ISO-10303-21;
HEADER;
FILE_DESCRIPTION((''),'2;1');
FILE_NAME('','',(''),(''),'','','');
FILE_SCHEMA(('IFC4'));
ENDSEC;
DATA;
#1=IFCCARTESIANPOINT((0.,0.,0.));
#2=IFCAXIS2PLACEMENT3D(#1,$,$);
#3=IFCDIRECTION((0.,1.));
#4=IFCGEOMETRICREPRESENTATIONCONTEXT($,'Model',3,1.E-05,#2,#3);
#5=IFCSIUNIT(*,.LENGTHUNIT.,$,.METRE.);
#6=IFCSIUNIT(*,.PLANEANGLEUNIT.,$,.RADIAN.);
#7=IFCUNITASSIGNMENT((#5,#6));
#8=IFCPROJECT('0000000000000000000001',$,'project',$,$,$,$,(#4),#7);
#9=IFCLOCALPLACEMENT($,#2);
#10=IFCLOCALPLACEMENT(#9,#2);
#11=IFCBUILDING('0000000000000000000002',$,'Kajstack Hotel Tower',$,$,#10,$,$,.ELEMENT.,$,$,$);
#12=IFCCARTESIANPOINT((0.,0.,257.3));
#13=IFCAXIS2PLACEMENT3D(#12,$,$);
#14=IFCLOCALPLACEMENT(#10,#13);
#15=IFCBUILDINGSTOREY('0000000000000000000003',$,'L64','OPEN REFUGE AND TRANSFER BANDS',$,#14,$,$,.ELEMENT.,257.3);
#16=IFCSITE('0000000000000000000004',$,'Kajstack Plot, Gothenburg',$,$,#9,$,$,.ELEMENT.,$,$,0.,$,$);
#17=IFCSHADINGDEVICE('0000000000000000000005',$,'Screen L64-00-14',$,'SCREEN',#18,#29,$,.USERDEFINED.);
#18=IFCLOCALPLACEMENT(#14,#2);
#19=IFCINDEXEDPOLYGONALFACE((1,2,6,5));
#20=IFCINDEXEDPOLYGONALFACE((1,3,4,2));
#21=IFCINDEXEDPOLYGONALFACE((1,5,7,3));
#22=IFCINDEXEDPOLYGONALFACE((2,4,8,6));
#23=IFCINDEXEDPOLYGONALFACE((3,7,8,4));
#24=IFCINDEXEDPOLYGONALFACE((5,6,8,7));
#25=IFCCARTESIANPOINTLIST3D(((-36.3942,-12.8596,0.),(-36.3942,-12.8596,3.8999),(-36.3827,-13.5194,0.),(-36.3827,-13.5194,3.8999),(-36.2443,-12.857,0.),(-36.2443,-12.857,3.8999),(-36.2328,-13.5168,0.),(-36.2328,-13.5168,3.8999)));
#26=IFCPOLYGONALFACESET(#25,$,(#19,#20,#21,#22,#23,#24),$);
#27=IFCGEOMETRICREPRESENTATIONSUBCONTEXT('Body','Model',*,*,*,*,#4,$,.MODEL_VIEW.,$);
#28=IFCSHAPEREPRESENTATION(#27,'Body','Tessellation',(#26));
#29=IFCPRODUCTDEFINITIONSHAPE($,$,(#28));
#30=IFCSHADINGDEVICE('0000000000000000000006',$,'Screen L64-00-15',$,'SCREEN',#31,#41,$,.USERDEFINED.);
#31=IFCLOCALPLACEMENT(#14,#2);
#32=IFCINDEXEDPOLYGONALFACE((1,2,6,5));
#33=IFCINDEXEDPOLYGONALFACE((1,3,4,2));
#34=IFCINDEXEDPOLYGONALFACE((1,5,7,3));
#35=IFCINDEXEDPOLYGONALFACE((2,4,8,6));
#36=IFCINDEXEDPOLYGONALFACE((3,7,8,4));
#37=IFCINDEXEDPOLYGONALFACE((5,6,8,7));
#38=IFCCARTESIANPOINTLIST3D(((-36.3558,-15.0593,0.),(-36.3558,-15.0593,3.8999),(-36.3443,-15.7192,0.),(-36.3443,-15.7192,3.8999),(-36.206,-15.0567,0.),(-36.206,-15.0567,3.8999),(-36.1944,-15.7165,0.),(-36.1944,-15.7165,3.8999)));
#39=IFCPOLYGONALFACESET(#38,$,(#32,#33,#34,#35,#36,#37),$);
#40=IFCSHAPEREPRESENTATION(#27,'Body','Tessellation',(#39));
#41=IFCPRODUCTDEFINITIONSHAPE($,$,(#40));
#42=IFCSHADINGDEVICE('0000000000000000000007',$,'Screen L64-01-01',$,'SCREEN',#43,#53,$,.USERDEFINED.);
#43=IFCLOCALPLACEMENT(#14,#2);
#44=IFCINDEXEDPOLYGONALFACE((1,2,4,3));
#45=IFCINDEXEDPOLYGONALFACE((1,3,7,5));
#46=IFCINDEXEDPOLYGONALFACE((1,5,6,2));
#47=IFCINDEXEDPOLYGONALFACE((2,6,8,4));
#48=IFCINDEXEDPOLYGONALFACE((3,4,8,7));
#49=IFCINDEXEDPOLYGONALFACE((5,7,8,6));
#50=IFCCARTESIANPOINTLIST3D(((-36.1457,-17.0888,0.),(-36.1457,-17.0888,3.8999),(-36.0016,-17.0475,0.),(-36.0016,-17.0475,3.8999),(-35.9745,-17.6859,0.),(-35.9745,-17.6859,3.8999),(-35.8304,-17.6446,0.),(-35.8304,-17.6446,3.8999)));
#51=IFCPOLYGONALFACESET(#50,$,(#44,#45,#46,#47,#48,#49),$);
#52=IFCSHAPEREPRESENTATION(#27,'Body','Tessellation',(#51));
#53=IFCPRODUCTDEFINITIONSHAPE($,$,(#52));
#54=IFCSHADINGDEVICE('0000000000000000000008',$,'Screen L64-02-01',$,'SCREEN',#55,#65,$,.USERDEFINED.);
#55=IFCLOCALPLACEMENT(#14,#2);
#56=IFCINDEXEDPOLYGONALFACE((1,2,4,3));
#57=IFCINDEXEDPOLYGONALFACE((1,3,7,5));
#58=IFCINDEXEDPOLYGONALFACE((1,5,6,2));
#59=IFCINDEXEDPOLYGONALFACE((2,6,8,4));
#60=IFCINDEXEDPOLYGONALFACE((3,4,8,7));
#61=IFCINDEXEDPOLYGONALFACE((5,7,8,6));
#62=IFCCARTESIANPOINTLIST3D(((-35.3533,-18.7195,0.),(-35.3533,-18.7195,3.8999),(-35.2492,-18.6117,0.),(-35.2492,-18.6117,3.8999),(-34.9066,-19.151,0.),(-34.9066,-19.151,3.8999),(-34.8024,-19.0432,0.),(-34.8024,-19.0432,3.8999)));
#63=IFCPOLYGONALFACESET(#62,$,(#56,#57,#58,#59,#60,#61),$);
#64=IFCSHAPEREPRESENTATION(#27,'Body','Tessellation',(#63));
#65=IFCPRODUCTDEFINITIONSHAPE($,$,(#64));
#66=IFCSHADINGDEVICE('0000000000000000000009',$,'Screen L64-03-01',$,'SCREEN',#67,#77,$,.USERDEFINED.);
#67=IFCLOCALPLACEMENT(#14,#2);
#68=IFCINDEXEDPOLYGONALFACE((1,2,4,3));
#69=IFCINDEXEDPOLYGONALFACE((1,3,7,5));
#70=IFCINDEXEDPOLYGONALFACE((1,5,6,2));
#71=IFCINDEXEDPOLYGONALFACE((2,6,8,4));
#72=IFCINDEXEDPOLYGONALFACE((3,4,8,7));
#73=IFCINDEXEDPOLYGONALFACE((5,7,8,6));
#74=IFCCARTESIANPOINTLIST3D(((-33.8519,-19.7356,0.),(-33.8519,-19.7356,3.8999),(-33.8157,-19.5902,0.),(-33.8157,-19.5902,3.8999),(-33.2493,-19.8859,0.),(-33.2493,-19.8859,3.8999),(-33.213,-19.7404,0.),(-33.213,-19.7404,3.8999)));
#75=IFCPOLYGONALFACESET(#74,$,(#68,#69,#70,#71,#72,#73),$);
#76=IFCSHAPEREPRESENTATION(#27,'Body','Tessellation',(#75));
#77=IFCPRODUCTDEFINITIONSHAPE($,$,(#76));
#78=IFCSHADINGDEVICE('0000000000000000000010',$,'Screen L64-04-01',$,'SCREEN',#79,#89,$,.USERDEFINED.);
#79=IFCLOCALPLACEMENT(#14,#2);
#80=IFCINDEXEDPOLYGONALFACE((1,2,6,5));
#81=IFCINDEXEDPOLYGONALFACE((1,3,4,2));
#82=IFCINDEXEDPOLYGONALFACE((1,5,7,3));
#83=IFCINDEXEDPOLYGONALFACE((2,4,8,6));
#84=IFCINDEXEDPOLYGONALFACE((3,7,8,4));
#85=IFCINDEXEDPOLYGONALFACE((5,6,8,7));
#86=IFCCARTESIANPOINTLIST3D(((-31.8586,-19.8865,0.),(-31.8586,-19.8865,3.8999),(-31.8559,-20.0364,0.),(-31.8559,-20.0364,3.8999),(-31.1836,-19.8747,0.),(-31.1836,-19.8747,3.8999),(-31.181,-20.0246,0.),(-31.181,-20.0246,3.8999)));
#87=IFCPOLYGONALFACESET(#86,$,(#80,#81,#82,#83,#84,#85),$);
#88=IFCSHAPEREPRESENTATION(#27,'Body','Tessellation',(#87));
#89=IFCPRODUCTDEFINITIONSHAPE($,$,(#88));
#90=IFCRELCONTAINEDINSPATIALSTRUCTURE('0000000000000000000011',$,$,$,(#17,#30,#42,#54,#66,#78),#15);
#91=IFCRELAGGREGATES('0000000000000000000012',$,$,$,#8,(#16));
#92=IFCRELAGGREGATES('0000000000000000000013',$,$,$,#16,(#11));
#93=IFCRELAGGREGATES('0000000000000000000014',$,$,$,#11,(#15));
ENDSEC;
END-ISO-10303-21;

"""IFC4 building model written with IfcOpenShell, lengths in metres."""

from ifc_helpers import new_model, si_unit, direction, frame, origin, origin_2d, place, context, subcontext, project, spatial, rectangle, extrude, element, save


model = new_model("IFC4")

# Units and contexts
model_context = context("Model", 3, precision=1e-05, world=origin(), true_north=direction((0.0, 1.0)))
body_context = subcontext(model_context, "Body", "Model", "MODEL_VIEW")
ifc_project = project(units=[si_unit("LENGTHUNIT", "METRE"), si_unit("PLANEANGLEUNIT", "RADIAN")], contexts=[model_context])

# Site, building, storey
site_placement = place(None, origin())
site = spatial("IfcSite", under=ifc_project, at=site_placement, Name="Kajstack Plot, Gothenburg", CompositionType="ELEMENT", RefElevation=0.0)
building_placement = place(site_placement, origin())
building = spatial("IfcBuilding", under=site, at=building_placement, Name="Kajstack Hotel Tower", CompositionType="ELEMENT")
storey_placement = place(building_placement, frame((0.0, 0.0, 257.3)))
storey = spatial("IfcBuildingStorey", under=building, at=storey_placement, Name="L64", Description="OPEN REFUGE AND TRANSFER BANDS", CompositionType="ELEMENT", Elevation=257.3)

# Shading devices
for number, where, z_axis, x_axis, name in (
    (1, (-36.3135, -13.1882, 0.0), (0.0, 0.0, 1.0), (0.017455, -0.999848, 0.0), "Screen L64-00-14"),
    (2, (-36.2751, -15.3879, 0.0), (0.0, 0.0, 1.0), (0.017455, -0.999848, 0.0), "Screen L64-00-15"),
):
    element("IfcShadingDevice", number, at=place(storey_placement, frame(where, z_axis=z_axis, x_axis=x_axis)), inside=storey, Name=name, ObjectType="SCREEN", PredefinedType="USERDEFINED", context=body_context, shape_type="SweptSolid", body=[
        extrude(rectangle(XDim=0.6599, YDim=0.1499, at=origin_2d()), origin(), (0.0, 0.0, 1.0), 3.8999),
    ])
for number, where, z_axis, x_axis, name in (
    (3, (-35.988, -17.3667, 0.0), (0.0, 0.0, 1.0), (0.275633, -0.961263, 0.0), "Screen L64-01-01"),
    (4, (-35.0779, -18.8813, 0.0), (0.0, 0.0, 1.0), (0.719315, -0.694684, 0.0), "Screen L64-02-01"),
    (5, (-33.5325, -19.738, 0.0), (0.0, 0.0, 1.0), (0.970299, -0.241911, 0.0), "Screen L64-03-01"),
):
    element("IfcShadingDevice", number, at=place(storey_placement, frame(where, z_axis=z_axis, x_axis=x_axis)), inside=storey, Name=name, ObjectType="SCREEN", PredefinedType="USERDEFINED", context=body_context, shape_type="SweptSolid", body=[
        extrude(rectangle(XDim=0.6211, YDim=0.1499, at=origin_2d()), origin(), (0.0, 0.0, 1.0), 3.8999),
    ])
shading_device_placement = place(storey_placement, frame((-31.5198, -19.9556, 0.0), z_axis=(0.0, 0.0, 1.0), x_axis=(0.999848, 0.017453, 0.0)))
element("IfcShadingDevice", 6, at=shading_device_placement, inside=storey, Name="Screen L64-04-01", ObjectType="SCREEN", PredefinedType="USERDEFINED", context=body_context, shape_type="SweptSolid", body=[
    extrude(rectangle(XDim=0.675, YDim=0.1499, at=origin_2d()), origin(), (0.0, 0.0, 1.0), 3.8999),
])

save(model, "model.ifc")
